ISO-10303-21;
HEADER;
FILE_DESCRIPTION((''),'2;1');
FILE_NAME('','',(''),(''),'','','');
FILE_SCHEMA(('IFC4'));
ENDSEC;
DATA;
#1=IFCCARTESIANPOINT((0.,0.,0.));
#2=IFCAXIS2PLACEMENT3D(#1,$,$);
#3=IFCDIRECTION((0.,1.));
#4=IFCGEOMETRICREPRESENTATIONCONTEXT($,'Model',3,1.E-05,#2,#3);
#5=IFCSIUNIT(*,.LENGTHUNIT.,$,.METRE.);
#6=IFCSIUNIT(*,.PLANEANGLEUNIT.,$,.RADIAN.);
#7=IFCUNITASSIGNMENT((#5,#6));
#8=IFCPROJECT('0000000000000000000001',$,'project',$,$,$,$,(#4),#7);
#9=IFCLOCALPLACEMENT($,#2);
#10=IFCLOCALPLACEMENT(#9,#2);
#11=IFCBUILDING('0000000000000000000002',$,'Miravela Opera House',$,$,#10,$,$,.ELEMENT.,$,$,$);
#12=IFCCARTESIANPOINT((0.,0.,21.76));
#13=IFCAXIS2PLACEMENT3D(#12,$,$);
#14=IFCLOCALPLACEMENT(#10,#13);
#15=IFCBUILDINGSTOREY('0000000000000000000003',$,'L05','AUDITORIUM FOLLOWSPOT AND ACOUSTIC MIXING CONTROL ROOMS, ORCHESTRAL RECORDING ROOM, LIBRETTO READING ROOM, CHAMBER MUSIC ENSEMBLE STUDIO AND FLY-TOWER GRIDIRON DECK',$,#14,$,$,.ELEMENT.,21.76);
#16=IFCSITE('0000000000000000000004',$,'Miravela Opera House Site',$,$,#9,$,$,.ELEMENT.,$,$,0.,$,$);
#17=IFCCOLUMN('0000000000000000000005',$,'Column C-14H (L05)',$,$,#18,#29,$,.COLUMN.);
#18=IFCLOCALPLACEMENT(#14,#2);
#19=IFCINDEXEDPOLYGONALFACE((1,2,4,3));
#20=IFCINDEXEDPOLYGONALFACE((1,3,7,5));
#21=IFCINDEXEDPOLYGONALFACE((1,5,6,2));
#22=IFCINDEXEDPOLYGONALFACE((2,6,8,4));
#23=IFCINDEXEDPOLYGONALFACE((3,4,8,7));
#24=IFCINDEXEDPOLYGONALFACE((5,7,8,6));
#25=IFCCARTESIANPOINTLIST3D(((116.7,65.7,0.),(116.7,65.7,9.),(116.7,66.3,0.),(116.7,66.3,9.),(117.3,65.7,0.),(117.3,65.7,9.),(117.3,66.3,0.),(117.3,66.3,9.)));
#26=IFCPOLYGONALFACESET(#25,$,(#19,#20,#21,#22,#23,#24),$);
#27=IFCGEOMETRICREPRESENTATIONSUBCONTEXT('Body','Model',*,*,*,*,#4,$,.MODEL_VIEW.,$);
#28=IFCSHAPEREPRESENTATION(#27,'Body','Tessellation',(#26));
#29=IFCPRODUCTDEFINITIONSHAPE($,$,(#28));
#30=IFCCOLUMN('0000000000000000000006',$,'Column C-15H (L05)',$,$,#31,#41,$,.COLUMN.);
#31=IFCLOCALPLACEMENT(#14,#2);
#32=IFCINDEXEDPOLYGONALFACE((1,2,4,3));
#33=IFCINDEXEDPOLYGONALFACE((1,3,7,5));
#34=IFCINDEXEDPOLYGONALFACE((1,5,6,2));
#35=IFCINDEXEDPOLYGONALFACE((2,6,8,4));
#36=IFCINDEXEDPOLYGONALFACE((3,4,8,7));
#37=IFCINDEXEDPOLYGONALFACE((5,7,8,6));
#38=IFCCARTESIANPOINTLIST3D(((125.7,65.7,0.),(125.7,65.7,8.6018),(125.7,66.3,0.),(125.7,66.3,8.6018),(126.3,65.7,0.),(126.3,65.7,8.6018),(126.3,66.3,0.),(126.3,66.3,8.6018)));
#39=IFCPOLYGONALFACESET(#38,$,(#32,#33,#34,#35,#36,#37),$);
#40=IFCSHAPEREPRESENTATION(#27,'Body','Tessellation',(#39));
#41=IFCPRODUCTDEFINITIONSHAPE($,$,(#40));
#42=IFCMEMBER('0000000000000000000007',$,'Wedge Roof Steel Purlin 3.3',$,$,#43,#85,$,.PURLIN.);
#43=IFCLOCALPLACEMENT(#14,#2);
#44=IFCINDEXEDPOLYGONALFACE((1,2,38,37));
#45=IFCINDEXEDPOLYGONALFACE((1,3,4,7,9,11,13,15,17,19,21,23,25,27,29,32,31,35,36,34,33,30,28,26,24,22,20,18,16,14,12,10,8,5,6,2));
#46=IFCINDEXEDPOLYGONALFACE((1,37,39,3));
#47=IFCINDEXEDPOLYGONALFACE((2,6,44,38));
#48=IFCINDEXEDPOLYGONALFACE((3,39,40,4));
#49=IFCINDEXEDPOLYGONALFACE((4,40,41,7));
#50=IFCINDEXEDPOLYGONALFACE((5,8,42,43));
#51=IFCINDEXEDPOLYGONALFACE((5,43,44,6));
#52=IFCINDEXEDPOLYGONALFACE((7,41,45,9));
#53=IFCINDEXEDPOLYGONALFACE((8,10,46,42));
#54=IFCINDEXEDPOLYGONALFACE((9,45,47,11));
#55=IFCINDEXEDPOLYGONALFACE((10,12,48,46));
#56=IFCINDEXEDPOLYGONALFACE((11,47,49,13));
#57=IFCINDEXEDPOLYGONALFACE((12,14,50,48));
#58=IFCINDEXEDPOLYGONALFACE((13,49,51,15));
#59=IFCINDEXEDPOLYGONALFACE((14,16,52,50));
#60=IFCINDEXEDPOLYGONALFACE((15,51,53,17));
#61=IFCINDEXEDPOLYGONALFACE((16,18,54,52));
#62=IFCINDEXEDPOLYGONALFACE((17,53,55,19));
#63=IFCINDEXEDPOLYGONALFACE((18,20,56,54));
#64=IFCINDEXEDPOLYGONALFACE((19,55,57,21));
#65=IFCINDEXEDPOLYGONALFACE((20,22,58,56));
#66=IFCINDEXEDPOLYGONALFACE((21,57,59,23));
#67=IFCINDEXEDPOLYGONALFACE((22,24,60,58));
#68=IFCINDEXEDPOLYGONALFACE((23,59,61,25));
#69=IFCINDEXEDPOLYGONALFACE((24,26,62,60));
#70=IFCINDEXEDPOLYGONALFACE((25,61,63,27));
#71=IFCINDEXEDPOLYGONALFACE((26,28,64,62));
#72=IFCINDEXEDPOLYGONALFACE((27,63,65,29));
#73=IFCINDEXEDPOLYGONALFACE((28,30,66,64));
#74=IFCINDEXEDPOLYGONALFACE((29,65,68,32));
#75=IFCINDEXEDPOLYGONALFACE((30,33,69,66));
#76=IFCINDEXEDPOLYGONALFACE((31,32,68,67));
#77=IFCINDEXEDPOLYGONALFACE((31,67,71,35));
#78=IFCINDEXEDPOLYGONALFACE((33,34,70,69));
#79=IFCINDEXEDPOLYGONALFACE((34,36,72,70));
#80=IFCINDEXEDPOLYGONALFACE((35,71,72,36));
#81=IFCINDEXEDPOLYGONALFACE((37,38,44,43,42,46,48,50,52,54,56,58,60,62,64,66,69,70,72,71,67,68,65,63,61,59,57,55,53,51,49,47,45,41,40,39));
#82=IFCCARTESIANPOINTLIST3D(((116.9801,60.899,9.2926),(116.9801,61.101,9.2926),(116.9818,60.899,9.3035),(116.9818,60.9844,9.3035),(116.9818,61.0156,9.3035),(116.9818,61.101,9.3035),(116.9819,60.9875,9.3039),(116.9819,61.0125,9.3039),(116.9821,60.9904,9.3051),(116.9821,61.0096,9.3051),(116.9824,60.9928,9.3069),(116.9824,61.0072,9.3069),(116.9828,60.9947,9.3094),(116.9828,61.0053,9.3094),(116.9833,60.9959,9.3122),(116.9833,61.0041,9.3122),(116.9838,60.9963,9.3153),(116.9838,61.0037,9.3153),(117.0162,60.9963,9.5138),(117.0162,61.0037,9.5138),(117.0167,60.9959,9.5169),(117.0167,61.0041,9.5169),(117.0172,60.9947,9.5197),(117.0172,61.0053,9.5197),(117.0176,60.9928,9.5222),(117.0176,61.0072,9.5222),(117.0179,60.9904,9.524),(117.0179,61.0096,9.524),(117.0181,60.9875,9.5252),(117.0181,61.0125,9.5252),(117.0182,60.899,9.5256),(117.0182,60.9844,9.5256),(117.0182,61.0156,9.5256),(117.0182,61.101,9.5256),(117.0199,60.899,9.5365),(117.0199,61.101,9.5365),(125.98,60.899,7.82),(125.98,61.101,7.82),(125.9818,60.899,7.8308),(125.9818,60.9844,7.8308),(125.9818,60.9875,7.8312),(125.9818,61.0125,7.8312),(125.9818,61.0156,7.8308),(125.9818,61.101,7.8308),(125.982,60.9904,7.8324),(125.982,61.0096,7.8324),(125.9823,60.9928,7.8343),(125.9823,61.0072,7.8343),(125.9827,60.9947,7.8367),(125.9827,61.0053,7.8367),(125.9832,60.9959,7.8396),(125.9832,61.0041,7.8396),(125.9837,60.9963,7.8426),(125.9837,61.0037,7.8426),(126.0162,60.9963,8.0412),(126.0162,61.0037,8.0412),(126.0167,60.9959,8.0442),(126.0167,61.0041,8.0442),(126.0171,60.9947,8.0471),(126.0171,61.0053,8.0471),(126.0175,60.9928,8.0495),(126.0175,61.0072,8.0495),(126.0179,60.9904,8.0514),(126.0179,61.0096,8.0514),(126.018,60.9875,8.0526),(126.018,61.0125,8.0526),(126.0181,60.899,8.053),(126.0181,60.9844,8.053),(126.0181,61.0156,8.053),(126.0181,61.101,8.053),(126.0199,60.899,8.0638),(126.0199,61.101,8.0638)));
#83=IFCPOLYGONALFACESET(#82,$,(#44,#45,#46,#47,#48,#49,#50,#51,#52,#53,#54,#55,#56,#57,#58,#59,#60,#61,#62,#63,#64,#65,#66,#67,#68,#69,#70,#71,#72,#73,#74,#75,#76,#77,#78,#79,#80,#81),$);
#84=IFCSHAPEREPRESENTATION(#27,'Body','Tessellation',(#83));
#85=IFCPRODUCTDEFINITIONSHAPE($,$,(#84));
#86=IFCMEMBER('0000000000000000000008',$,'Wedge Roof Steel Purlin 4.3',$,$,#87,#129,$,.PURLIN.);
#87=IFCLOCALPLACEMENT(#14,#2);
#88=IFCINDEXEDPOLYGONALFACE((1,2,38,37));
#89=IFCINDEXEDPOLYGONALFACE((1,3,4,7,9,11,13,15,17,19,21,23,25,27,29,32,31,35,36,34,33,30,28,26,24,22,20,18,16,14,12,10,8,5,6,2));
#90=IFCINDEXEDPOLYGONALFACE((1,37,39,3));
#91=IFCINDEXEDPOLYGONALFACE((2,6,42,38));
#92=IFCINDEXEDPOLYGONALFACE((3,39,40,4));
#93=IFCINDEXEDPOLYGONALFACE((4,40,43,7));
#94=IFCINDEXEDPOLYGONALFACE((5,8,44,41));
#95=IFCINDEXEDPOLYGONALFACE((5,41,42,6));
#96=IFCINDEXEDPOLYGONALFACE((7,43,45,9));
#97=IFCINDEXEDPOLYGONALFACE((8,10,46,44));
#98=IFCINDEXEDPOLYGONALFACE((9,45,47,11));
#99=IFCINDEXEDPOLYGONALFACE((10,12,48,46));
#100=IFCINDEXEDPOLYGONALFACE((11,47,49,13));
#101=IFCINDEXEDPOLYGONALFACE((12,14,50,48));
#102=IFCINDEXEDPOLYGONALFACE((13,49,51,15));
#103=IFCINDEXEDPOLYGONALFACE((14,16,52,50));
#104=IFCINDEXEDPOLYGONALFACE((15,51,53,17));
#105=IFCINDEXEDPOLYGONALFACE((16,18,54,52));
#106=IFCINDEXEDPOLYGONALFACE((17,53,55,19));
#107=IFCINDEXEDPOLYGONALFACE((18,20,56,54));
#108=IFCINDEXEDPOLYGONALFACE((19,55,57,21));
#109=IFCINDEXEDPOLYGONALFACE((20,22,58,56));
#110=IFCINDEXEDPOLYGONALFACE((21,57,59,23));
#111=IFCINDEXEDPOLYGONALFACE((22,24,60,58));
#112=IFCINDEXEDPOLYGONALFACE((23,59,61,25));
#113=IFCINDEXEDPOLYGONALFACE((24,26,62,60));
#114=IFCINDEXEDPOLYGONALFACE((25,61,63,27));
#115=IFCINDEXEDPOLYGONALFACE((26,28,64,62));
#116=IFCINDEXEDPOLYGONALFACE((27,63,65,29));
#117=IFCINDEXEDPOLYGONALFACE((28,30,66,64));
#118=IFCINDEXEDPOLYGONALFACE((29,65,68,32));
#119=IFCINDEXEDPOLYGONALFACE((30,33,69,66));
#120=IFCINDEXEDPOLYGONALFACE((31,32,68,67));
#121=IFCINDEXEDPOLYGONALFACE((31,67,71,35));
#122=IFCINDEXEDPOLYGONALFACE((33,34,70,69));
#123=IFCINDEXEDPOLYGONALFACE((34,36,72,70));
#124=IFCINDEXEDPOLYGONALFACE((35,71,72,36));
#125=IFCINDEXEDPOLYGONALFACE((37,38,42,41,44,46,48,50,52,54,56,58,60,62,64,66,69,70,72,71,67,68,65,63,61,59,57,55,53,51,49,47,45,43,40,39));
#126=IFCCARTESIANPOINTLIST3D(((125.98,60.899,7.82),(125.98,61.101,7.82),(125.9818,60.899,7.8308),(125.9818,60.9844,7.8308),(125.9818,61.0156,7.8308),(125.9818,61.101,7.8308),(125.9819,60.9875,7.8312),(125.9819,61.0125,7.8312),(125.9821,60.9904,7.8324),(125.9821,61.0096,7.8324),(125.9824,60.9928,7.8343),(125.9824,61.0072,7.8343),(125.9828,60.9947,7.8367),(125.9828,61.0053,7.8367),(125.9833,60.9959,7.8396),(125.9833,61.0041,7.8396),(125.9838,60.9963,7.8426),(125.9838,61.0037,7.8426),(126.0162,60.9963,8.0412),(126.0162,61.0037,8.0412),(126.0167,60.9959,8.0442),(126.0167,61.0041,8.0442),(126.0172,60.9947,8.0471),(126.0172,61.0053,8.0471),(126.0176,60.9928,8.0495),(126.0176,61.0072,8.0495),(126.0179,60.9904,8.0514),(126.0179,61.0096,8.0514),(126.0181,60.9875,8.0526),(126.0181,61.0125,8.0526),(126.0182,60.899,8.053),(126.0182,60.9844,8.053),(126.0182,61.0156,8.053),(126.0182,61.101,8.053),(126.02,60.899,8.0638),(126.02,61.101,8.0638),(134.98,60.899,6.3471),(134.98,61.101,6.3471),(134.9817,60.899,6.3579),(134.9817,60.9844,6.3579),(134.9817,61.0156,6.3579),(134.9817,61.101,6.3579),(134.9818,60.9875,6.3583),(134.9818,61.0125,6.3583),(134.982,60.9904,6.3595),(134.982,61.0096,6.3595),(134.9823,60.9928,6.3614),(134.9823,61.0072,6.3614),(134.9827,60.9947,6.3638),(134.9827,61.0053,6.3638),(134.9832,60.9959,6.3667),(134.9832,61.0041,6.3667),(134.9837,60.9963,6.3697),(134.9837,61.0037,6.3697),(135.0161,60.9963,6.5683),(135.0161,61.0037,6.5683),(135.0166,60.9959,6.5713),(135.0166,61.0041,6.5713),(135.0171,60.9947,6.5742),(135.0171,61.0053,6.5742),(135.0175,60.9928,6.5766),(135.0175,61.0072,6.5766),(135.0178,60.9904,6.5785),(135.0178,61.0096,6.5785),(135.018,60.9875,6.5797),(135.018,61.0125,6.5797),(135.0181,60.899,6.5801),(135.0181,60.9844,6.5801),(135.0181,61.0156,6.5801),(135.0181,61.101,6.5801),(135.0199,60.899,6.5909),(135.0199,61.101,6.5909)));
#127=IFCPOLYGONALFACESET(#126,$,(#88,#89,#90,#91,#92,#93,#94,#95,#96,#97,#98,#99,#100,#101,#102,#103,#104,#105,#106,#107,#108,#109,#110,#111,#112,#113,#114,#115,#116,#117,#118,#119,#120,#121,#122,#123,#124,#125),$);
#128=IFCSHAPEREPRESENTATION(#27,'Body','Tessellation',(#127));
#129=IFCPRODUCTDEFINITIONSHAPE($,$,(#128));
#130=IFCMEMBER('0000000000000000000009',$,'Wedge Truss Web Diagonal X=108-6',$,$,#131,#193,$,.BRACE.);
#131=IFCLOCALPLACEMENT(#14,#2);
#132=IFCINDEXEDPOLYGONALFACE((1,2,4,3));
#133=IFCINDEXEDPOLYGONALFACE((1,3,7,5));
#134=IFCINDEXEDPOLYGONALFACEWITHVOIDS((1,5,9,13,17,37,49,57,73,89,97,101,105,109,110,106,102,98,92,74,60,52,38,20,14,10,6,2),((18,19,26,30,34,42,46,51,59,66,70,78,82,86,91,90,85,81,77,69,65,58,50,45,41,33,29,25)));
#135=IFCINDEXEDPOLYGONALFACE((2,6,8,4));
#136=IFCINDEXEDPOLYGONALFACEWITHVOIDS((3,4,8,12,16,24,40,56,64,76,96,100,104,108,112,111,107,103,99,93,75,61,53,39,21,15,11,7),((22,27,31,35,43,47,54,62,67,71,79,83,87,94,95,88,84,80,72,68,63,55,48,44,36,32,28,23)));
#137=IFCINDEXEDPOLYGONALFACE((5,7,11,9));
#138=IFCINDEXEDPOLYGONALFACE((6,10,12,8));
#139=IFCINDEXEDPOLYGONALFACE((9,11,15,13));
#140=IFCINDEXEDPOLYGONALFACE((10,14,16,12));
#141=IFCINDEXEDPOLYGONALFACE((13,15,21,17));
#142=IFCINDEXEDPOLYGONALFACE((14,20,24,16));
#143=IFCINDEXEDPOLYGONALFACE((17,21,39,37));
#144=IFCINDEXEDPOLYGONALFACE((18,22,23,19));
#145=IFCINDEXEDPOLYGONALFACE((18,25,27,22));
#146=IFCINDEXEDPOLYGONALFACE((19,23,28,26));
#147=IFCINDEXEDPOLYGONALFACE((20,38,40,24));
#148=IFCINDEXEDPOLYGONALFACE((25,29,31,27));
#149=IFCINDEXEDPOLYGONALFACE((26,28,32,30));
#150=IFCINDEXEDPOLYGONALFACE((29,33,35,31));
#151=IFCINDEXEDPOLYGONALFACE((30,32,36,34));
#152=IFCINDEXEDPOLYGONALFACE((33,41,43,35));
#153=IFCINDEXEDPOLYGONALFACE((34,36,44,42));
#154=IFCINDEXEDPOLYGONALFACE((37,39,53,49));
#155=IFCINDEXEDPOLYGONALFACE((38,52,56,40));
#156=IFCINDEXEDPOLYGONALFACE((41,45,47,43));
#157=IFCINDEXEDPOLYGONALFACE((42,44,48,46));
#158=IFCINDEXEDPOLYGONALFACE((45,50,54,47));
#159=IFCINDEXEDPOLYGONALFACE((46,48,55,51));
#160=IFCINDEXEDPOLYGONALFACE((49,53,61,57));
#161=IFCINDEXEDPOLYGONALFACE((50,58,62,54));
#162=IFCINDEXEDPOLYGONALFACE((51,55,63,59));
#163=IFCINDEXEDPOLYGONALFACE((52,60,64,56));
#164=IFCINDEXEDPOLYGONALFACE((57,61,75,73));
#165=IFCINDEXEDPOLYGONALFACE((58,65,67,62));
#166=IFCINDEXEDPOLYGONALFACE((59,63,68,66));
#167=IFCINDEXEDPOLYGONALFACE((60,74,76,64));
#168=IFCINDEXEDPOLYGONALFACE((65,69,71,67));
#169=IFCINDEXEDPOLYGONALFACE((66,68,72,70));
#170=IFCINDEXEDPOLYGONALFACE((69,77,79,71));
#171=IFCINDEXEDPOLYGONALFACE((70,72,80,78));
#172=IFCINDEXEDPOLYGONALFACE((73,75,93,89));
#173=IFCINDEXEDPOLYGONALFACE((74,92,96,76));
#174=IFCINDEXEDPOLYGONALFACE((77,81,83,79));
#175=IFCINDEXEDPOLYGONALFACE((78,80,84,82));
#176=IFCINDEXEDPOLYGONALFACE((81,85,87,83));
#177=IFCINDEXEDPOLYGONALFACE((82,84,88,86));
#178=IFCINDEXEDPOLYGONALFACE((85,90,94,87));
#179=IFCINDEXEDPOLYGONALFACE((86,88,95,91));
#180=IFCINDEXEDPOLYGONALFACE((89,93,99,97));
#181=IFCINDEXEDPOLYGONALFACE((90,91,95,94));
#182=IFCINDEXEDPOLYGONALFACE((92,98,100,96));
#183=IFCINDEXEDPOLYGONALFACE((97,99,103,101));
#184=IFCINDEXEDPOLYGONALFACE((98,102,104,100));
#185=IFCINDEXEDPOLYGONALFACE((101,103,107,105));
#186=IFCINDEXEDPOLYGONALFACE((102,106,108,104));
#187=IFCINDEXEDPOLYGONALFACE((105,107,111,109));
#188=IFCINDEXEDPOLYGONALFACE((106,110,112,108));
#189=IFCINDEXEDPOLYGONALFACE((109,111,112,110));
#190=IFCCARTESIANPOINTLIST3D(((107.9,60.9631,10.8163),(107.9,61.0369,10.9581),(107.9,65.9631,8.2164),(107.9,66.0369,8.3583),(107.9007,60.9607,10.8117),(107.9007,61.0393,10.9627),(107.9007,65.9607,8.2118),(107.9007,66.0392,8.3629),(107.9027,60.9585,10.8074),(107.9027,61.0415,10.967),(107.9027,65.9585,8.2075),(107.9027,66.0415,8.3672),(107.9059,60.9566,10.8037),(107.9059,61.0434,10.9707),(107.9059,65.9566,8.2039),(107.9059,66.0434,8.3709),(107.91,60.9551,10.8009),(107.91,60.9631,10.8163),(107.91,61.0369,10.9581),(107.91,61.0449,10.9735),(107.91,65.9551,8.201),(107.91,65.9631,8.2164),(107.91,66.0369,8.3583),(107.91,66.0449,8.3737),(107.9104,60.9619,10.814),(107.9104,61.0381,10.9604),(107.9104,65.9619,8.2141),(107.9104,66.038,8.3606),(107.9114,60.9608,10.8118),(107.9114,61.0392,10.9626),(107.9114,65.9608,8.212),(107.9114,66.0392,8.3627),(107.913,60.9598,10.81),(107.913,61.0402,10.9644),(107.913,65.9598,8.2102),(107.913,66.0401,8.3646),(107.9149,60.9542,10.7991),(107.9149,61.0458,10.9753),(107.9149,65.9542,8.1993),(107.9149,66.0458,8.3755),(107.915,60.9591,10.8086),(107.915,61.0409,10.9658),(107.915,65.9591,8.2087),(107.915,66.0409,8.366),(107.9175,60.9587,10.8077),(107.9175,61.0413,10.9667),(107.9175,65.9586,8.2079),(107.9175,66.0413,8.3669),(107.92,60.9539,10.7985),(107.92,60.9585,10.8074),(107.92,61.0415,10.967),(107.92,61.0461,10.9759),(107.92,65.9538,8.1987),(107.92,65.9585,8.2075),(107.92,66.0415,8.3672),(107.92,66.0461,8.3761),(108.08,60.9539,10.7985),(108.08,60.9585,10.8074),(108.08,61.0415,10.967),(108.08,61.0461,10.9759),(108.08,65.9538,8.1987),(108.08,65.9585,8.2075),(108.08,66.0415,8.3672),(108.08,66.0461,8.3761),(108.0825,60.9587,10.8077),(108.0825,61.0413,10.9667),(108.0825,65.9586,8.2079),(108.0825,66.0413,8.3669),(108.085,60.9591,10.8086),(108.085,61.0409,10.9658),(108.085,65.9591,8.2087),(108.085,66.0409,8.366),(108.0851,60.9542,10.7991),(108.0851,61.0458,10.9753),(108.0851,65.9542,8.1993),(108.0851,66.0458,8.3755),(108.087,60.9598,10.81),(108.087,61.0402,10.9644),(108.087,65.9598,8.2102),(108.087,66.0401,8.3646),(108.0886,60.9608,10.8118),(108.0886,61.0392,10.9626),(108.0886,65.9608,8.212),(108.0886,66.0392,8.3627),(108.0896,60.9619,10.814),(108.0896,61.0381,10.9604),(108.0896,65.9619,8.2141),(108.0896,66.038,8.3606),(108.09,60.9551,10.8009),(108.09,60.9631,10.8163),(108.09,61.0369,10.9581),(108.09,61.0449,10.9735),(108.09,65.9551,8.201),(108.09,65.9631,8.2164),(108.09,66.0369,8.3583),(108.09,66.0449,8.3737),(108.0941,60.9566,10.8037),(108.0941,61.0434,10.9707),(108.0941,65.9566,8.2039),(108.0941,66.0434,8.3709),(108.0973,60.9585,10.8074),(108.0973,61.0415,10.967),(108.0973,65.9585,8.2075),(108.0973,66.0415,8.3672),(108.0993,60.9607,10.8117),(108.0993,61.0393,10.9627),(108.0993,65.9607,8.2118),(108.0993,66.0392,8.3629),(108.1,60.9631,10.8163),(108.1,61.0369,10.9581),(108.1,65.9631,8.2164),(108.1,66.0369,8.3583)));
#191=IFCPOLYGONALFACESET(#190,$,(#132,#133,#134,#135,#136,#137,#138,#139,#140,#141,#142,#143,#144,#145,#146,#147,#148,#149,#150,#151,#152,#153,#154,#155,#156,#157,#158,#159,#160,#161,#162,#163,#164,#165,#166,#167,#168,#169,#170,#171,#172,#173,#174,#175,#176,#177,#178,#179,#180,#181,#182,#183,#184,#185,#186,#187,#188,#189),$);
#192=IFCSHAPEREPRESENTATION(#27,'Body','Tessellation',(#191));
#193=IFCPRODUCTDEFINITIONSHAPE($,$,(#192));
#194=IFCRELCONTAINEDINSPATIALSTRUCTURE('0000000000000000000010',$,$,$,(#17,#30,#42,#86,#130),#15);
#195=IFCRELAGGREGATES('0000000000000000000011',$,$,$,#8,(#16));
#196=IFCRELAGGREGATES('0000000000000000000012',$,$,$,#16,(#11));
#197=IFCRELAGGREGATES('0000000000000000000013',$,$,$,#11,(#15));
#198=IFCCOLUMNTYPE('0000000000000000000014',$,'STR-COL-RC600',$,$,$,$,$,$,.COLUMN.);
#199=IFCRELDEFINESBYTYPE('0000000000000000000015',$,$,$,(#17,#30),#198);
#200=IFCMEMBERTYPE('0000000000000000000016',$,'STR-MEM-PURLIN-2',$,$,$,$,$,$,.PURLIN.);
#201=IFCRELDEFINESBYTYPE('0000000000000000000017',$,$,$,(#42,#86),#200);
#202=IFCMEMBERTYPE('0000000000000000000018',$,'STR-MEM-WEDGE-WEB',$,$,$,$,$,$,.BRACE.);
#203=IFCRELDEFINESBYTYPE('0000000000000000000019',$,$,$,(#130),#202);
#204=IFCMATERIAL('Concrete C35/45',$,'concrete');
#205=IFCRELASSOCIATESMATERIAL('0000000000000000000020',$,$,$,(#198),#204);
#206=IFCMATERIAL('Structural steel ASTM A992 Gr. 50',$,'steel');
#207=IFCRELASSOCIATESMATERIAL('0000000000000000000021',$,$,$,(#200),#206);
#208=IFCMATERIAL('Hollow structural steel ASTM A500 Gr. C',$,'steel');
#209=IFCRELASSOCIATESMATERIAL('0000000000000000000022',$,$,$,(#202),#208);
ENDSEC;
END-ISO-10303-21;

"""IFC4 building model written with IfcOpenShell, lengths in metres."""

from ifc_helpers import new_model, si_unit, direction, frame, origin, origin_2d, place, context, subcontext, project, spatial, rectangle, hollow_rectangle, i_section, extrude, material, material_profile, profile_set, type_object, element, save


model = new_model("IFC4")

# Units and contexts
model_context = context("Model", 3, precision=1e-05, world=origin(), true_north=direction((0.0, 1.0)))
body_context = subcontext(model_context, "Body", "Model", "MODEL_VIEW")
ifc_project = project(units=[si_unit("LENGTHUNIT", "METRE"), si_unit("PLANEANGLEUNIT", "RADIAN")], contexts=[model_context])

# Site, building, storey
site_placement = place(None, origin())
site = spatial("IfcSite", under=ifc_project, at=site_placement, Name="Miravela Opera House Site", CompositionType="ELEMENT", RefElevation=0.0)
building_placement = place(site_placement, origin())
building = spatial("IfcBuilding", under=site, at=building_placement, Name="Miravela Opera House", CompositionType="ELEMENT")
storey_placement = place(building_placement, frame((0.0, 0.0, 21.76)))
storey = spatial("IfcBuildingStorey", under=building, at=storey_placement, Name="L05", Description="AUDITORIUM FOLLOWSPOT AND ACOUSTIC MIXING CONTROL ROOMS, ORCHESTRAL RECORDING ROOM, LIBRETTO READING ROOM, CHAMBER MUSIC ENSEMBLE STUDIO AND FLY-TOWER GRIDIRON DECK", CompositionType="ELEMENT", Elevation=21.76)

# Columns
ifc_material_1 = material(Name="Concrete C35/45", Category="concrete")
ifc_material_profile_1 = material_profile(ifc_material_1, rectangle(XDim=0.6001, YDim=0.6001, at=origin_2d()), Name="RC-COL-600X600")
ifc_profile_set_1 = profile_set([ifc_material_profile_1])
column_type = type_object("IfcColumnType", Name="STR-COL-RC600", PredefinedType="COLUMN", material=ifc_profile_set_1)
column_1_placement = place(storey_placement, frame((117.0, 66.0, 0.0), z_axis=(0.0, 0.0, 1.0), x_axis=(1.0, 0.0, 0.0)))
element("IfcColumn", 1, at=column_1_placement, inside=storey, type_object=column_type, Name="Column C-14H (L05)", PredefinedType="COLUMN", context=body_context, shape_type="SweptSolid", body=[
    extrude(rectangle(XDim=0.6001, YDim=0.6001, at=origin_2d()), origin(), (0.0, 0.0, 1.0), 9.0),
])
column_2_placement = place(storey_placement, frame((126.0, 66.0, 0.0), z_axis=(0.0, 0.0, 1.0), x_axis=(1.0, 0.0, 0.0)))
element("IfcColumn", 2, at=column_2_placement, inside=storey, type_object=column_type, Name="Column C-15H (L05)", PredefinedType="COLUMN", context=body_context, shape_type="SweptSolid", body=[
    extrude(rectangle(XDim=0.6001, YDim=0.6001, at=origin_2d()), origin(), (0.0, 0.0, 1.0), 8.6018),
])

# Members
ifc_material_2 = material(Name="Structural steel ASTM A992 Gr. 50", Category="steel")
ifc_material_profile_2 = material_profile(ifc_material_2, i_section(OverallWidth=0.2019, OverallDepth=0.2471, WebThickness=0.0073, FlangeThickness=0.011, FilletRadius=0.012, at=origin_2d()), Name="W250X49")
ifc_profile_set_2 = profile_set([ifc_material_profile_2])
member_type_1 = type_object("IfcMemberType", Name="STR-MEM-PURLIN-2", PredefinedType="PURLIN", material=ifc_profile_set_2)
for number, where, z_axis, x_axis, name in (
    (3, (117.0, 61.0, 9.4146), (0.986876, 0.0, -0.161481), (0.0, 1.0, 0.0), "Wedge Roof Steel Purlin 3.3"),
    (4, (126.0, 61.0, 7.9419), (0.986872, 0.0, -0.161507), (0.0, 1.0, 0.0), "Wedge Roof Steel Purlin 4.3"),
):
    element("IfcMember", number, at=place(storey_placement, frame(where, z_axis=z_axis, x_axis=x_axis)), inside=storey, type_object=member_type_1, Name=name, PredefinedType="PURLIN", context=body_context, shape_type="SweptSolid", body=[
        extrude(i_section(OverallWidth=0.2019, OverallDepth=0.2471, WebThickness=0.0073, FlangeThickness=0.011, FilletRadius=0.012, at=origin_2d()), origin(), (0.0, 0.0, 1.0), 9.1196),
    ])
ifc_material_3 = material(Name="Hollow structural steel ASTM A500 Gr. C", Category="steel")
ifc_material_profile_3 = material_profile(ifc_material_3, hollow_rectangle(XDim=0.2, YDim=0.2, WallThickness=0.01, InnerFilletRadius=0.01, OuterFilletRadius=0.02, at=origin_2d()), Name="HSS200X200X10")
ifc_profile_set_3 = profile_set([ifc_material_profile_3])
member_type_2 = type_object("IfcMemberType", Name="STR-MEM-WEDGE-WEB", PredefinedType="BRACE", material=ifc_profile_set_3)
member_1_placement = place(storey_placement, frame((108.0, 61.0, 10.8872), z_axis=(0.0, 0.887227, -0.461332), x_axis=(-1.0, 0.0, 0.0)))
element("IfcMember", 5, at=member_1_placement, inside=storey, type_object=member_type_2, Name="Wedge Truss Web Diagonal X=108-6", PredefinedType="BRACE", context=body_context, shape_type="SweptSolid", body=[
    extrude(hollow_rectangle(XDim=0.2, YDim=0.2, WallThickness=0.01, InnerFilletRadius=0.01, OuterFilletRadius=0.02, at=origin_2d()), origin(), (0.0, 0.0, 1.0), 5.6355),
])

save(model, "model.ifc")
